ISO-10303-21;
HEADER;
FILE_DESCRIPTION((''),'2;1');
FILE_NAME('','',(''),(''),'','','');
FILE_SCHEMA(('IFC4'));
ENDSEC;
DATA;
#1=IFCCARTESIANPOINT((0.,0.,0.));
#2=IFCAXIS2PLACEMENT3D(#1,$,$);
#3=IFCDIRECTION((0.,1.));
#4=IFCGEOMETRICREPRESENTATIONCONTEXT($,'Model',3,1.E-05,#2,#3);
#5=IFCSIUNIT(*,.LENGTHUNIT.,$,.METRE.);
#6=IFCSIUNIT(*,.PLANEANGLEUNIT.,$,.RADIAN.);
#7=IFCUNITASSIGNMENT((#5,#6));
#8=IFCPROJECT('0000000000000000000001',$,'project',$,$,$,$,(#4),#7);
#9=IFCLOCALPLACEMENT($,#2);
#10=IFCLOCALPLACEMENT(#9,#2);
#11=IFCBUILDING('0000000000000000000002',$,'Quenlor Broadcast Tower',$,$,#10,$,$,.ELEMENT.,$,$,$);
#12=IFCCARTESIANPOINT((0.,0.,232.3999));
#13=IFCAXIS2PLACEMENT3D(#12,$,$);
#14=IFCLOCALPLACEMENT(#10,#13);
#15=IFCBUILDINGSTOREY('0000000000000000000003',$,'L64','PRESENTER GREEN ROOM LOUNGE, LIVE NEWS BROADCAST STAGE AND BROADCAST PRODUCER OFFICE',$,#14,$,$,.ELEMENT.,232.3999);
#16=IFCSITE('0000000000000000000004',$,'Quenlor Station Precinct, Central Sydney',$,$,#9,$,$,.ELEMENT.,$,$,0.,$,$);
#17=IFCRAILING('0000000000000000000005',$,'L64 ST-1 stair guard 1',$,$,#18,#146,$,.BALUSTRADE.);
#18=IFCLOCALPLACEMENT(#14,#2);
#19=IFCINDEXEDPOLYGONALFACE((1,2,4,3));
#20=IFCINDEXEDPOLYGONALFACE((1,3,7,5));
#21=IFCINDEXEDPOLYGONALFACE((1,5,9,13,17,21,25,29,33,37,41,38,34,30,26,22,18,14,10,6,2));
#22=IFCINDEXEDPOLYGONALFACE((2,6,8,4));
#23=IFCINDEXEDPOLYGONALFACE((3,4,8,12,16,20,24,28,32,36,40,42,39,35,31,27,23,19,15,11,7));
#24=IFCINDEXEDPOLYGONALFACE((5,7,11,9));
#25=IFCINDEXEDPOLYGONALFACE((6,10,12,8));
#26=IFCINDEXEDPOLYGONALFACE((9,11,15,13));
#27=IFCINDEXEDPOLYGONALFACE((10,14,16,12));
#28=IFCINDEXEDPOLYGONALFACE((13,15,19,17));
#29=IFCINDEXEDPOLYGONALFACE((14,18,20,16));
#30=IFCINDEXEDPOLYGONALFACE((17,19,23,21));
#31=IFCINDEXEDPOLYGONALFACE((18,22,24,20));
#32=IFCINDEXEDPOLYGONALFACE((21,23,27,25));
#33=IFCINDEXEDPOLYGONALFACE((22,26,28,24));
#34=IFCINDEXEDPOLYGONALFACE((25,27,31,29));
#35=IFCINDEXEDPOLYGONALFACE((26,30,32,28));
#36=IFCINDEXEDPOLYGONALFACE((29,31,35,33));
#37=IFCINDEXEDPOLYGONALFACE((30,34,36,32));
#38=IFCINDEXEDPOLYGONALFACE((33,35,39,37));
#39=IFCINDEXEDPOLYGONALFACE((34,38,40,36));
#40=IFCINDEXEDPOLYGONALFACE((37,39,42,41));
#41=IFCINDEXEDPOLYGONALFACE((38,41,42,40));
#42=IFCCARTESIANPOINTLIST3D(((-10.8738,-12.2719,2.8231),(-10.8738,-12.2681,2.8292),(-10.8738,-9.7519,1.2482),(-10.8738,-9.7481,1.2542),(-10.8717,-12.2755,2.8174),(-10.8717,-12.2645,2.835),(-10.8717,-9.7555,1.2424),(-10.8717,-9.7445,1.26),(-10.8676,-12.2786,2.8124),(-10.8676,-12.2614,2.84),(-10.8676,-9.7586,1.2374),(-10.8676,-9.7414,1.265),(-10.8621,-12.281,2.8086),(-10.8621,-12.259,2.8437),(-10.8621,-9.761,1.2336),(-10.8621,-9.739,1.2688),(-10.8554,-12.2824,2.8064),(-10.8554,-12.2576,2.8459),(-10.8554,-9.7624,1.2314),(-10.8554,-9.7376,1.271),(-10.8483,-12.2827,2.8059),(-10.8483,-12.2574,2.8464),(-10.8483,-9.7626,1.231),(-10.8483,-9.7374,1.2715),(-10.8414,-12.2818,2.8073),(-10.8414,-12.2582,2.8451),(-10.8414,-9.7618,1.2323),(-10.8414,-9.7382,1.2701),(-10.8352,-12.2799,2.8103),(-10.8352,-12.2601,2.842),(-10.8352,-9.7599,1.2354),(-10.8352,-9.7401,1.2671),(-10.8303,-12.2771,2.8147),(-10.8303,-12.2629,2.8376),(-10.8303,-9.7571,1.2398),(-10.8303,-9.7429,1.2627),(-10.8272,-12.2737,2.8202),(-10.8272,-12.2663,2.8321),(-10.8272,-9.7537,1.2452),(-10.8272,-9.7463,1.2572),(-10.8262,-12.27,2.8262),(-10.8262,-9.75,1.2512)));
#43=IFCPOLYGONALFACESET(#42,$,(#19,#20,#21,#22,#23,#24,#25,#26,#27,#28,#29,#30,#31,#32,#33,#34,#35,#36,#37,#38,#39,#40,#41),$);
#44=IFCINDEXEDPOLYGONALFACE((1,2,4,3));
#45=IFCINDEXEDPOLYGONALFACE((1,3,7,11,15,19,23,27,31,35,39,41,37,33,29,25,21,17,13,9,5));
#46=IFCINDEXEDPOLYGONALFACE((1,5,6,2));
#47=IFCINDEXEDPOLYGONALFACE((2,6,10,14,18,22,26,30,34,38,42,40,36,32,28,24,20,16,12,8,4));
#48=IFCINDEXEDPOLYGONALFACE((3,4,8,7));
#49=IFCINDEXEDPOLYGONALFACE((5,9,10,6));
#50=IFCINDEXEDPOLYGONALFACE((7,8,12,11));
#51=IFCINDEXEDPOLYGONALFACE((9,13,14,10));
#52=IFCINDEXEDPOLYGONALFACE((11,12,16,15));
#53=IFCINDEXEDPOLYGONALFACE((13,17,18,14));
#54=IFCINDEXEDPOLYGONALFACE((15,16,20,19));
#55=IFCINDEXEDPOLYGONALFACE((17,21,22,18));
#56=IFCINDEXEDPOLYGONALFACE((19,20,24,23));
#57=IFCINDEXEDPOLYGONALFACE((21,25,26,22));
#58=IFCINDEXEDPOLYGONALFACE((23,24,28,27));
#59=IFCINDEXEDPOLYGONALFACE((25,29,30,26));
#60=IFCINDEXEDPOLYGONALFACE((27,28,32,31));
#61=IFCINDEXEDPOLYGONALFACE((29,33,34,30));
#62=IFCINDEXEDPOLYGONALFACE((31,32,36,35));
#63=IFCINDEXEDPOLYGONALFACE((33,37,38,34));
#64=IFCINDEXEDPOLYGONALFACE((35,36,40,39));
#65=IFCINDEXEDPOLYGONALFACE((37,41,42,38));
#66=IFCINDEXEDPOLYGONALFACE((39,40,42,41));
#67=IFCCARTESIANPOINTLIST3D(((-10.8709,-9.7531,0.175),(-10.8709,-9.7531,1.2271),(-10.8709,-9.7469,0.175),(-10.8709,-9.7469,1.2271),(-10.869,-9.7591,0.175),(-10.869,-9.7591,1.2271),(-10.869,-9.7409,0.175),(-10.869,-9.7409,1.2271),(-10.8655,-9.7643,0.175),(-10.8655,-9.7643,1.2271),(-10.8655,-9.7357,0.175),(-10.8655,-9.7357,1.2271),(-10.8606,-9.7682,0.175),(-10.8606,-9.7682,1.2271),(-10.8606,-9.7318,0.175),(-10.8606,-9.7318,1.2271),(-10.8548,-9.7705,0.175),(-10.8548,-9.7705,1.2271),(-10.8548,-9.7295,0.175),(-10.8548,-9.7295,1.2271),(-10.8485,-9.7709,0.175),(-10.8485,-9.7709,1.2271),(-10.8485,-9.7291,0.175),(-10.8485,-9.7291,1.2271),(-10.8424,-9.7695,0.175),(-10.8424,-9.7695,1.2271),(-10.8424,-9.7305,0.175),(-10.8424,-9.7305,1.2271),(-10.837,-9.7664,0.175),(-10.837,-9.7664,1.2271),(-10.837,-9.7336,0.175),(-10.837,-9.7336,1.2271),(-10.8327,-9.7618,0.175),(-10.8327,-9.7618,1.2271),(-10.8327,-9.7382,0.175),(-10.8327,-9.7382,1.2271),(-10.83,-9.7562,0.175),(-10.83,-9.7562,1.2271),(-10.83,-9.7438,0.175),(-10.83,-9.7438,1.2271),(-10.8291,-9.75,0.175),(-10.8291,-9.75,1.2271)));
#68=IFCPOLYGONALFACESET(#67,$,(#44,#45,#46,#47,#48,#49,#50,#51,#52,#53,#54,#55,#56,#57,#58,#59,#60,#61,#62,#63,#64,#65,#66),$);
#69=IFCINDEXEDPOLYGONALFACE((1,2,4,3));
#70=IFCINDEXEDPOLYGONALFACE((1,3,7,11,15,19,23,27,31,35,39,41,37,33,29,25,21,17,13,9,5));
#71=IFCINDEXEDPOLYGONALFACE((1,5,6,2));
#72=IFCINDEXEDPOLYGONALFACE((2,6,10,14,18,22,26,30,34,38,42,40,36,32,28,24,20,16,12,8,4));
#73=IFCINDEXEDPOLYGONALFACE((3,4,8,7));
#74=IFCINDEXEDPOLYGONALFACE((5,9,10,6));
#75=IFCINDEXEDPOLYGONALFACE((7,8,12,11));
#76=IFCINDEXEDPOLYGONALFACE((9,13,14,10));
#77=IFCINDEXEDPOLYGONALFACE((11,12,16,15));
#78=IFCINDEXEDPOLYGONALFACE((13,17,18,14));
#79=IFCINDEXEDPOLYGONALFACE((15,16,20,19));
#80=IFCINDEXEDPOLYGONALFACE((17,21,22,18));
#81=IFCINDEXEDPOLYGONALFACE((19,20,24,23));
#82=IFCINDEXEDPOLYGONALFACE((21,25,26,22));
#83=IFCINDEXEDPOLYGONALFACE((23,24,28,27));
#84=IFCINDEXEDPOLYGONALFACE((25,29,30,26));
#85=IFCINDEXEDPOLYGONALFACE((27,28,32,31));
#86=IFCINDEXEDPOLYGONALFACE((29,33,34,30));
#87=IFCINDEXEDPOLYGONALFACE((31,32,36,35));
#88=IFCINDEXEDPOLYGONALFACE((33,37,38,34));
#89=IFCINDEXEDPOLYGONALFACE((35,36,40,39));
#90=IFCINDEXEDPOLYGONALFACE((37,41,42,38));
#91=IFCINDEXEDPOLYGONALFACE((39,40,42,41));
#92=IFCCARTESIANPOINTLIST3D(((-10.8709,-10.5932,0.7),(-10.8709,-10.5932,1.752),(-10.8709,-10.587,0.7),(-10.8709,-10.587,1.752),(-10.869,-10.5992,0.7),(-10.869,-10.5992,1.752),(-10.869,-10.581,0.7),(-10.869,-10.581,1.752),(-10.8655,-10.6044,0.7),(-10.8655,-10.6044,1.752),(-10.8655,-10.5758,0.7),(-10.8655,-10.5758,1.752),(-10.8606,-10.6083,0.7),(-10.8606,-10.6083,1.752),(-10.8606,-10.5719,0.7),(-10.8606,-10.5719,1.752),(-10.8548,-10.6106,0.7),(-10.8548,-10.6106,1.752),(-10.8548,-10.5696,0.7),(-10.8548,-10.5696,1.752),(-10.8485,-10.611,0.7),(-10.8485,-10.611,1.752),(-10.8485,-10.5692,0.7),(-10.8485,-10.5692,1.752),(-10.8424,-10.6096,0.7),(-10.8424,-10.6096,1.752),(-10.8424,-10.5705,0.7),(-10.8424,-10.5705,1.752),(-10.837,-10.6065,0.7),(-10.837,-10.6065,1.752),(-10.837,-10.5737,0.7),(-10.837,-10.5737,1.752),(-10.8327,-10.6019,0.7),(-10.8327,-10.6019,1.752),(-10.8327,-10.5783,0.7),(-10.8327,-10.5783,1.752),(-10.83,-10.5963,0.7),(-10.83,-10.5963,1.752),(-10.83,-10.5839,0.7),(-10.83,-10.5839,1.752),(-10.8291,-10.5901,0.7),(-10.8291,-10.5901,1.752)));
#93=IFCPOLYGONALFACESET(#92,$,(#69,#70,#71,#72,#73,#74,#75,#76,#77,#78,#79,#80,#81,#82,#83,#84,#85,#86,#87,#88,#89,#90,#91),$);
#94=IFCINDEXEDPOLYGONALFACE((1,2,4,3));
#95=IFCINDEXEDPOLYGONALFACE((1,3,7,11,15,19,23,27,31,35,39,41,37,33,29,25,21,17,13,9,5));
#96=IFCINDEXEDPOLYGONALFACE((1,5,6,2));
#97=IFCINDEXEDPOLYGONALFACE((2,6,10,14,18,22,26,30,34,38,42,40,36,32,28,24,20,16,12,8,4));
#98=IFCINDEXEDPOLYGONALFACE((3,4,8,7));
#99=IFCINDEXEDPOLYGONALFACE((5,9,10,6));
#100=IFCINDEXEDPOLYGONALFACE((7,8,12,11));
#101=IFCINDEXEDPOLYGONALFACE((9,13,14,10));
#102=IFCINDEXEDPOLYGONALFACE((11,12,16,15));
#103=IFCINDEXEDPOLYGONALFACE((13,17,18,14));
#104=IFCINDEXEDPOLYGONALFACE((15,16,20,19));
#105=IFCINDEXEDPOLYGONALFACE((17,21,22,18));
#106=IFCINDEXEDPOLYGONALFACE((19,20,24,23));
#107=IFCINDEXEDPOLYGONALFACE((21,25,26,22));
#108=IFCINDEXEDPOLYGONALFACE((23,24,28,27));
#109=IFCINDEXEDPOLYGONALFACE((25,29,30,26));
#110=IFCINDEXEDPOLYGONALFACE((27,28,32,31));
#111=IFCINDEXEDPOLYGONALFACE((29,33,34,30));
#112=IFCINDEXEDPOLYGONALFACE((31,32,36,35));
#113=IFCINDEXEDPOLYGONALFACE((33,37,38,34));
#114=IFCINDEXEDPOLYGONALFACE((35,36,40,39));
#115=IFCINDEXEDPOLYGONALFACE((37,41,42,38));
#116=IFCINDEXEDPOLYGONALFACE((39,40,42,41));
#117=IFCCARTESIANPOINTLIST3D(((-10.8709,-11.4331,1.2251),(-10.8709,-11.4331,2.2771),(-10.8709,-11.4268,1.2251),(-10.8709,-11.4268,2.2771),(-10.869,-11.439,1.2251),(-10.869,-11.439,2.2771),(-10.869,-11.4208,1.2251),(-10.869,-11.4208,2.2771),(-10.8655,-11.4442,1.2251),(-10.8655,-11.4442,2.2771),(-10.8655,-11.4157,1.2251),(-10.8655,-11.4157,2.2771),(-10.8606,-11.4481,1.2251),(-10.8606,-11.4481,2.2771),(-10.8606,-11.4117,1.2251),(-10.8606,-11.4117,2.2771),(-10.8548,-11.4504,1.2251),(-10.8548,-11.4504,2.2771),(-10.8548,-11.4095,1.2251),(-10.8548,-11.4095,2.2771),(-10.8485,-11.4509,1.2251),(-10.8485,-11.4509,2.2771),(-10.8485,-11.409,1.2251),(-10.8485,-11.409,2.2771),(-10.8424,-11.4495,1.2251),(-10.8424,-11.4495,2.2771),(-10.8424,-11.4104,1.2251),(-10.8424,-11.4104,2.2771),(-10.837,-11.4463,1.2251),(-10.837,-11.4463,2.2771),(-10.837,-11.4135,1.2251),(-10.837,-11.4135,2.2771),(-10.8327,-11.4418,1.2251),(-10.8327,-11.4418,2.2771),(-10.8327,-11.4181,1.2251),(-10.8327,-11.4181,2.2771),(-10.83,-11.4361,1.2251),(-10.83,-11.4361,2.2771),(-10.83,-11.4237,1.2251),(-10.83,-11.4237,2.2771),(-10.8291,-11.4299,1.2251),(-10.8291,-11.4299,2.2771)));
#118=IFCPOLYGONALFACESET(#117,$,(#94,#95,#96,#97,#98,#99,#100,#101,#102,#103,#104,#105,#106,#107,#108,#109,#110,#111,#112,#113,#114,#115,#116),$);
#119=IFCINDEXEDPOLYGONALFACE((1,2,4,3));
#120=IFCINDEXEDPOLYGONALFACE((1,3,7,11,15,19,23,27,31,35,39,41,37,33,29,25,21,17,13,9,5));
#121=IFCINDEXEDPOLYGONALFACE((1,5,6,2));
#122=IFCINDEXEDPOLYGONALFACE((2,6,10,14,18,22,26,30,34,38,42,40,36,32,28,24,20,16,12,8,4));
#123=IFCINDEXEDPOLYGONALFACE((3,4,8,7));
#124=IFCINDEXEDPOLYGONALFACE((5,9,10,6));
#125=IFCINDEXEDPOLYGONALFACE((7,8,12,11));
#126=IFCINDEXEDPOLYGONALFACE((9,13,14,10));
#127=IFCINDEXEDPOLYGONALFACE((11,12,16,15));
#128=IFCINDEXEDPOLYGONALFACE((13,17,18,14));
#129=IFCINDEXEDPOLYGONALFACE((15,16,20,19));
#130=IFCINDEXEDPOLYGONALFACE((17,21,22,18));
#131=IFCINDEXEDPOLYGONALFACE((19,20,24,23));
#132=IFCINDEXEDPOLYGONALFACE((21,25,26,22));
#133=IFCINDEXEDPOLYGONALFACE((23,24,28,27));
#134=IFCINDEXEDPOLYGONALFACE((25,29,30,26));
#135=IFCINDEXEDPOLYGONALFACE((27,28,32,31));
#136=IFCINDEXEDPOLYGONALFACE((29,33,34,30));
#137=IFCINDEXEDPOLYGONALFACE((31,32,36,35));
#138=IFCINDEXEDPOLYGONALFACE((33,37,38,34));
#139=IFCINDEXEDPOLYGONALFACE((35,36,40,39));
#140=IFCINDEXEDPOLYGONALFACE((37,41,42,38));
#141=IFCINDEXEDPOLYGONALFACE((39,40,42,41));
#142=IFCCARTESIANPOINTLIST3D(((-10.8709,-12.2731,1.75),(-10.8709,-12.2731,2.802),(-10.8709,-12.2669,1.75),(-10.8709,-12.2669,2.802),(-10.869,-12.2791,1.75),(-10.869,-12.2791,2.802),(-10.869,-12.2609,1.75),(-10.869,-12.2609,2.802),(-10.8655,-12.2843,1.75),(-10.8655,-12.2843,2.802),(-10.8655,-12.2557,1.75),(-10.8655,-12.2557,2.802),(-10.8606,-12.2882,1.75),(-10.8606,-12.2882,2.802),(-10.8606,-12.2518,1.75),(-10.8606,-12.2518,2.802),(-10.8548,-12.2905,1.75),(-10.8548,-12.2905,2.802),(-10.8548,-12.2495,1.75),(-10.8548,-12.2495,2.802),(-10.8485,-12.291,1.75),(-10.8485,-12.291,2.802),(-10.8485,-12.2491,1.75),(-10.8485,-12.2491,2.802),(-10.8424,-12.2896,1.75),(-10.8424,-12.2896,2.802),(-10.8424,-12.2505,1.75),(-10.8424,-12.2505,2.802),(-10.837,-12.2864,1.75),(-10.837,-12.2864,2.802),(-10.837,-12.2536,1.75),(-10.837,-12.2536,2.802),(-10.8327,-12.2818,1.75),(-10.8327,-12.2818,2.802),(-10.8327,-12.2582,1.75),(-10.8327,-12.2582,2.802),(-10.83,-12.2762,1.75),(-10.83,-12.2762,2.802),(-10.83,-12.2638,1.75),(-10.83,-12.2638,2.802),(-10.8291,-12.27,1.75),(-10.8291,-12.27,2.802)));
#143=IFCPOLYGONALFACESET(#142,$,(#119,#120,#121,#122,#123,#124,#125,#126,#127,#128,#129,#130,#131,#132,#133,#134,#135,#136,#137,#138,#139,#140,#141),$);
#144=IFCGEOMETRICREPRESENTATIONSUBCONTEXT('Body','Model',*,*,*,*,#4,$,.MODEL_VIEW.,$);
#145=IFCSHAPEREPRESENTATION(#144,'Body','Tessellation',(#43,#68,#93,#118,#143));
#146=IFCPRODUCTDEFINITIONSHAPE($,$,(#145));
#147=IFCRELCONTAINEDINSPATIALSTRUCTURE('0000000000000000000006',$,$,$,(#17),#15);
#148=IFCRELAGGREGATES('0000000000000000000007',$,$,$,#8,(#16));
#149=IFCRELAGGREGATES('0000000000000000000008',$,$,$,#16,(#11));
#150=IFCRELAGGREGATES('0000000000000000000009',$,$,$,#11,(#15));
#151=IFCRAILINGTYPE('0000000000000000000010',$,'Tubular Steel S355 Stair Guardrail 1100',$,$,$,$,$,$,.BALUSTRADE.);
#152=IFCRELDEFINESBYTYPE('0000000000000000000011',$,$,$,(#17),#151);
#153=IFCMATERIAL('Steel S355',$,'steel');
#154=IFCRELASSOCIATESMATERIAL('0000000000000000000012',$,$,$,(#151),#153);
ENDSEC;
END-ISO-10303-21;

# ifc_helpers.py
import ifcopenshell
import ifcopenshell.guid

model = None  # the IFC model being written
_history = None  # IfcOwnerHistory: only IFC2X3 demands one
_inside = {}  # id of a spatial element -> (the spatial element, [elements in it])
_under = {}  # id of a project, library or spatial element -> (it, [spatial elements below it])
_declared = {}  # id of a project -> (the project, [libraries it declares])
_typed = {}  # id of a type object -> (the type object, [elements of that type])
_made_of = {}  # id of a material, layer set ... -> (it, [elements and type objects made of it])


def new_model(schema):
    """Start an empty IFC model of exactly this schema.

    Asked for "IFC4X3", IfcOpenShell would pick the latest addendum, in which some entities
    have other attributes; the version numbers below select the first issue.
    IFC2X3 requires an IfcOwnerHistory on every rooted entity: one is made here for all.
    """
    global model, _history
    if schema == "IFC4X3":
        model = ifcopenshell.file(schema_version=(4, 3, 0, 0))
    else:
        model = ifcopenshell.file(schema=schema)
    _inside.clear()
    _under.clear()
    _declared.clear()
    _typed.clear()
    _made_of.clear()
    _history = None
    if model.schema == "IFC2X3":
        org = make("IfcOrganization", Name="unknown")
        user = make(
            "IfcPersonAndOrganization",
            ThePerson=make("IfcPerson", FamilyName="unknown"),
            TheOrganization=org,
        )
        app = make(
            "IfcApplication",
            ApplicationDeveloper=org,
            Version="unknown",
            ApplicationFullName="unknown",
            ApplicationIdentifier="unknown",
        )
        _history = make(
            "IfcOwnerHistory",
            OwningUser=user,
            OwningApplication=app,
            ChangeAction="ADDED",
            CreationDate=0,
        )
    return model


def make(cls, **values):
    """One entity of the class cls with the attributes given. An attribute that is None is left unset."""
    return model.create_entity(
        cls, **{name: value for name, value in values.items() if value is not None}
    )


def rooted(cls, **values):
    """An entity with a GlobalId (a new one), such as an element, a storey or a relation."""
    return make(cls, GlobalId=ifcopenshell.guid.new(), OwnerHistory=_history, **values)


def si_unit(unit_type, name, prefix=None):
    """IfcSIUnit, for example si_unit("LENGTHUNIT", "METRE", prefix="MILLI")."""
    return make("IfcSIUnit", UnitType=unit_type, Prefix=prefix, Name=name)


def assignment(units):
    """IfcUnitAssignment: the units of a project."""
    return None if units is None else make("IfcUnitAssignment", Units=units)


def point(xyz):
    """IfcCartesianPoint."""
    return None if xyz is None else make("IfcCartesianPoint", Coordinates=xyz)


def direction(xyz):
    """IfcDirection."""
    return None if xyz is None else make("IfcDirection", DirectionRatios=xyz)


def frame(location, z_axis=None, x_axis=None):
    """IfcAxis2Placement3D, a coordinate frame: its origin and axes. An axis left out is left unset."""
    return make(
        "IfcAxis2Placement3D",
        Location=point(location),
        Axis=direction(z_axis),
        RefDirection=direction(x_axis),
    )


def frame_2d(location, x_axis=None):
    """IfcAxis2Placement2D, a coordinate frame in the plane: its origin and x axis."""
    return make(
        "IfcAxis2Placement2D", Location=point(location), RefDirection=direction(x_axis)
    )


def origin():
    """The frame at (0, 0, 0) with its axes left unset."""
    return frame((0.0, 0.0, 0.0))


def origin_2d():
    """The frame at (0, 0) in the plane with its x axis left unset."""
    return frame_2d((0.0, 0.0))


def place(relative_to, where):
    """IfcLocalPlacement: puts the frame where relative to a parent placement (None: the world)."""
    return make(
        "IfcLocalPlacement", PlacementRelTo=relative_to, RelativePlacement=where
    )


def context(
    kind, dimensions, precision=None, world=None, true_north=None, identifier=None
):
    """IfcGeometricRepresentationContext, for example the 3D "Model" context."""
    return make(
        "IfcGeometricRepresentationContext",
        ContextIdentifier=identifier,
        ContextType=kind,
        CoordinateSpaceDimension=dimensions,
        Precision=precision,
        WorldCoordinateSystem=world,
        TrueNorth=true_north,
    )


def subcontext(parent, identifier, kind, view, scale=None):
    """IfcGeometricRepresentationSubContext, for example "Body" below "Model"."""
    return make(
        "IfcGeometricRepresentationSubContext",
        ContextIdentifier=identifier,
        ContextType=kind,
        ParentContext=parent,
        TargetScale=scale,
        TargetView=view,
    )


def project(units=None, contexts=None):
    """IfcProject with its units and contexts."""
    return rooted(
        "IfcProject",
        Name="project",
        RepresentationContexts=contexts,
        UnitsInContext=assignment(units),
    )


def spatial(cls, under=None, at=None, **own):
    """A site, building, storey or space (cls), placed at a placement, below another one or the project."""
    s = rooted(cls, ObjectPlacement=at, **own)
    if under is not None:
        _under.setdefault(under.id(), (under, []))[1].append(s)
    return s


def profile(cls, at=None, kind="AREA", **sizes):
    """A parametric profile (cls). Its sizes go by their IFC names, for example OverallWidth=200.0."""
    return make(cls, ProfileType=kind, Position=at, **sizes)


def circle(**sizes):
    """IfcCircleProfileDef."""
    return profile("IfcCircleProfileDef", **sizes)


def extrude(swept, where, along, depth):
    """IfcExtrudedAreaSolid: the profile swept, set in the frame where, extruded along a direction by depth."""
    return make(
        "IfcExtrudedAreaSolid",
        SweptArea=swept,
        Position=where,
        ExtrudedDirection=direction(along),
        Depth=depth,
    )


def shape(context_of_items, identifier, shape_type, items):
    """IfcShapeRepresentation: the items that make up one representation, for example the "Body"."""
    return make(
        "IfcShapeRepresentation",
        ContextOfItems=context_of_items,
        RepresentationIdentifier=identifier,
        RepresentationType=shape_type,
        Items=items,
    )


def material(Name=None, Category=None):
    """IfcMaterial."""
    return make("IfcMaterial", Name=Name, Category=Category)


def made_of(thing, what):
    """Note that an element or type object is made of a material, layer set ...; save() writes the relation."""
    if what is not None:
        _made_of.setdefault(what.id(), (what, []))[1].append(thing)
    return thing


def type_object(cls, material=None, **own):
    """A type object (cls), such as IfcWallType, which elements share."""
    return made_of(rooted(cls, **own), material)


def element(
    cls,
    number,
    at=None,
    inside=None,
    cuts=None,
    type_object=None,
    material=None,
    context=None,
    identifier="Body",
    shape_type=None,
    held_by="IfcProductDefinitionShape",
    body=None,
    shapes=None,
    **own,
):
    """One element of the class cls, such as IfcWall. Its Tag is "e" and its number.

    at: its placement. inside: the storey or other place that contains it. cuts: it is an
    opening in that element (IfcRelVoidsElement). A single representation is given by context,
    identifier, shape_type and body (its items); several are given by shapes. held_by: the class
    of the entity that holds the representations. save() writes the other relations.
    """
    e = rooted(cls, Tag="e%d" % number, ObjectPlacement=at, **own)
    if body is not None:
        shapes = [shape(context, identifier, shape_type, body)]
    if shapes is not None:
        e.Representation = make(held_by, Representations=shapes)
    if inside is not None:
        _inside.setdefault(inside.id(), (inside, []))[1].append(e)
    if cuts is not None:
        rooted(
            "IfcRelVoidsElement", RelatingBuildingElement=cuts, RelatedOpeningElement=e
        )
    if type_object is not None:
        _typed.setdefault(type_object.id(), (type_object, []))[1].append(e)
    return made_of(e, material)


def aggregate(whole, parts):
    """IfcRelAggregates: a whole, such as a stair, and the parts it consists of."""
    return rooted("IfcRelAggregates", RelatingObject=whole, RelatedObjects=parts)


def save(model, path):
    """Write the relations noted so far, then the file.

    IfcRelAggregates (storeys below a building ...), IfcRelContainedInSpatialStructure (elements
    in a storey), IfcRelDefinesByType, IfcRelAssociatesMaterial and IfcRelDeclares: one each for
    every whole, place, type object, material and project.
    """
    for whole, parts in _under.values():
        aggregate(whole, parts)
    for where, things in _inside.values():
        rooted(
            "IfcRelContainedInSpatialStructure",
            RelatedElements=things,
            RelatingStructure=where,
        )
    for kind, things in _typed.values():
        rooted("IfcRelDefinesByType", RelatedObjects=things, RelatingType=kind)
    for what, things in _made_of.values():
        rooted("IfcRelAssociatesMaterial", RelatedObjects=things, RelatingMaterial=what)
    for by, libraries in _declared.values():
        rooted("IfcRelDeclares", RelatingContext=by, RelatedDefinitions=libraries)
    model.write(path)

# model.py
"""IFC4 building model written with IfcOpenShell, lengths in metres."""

from ifc_helpers import new_model, si_unit, direction, frame, origin, origin_2d, place, context, subcontext, project, spatial, circle, extrude, material, type_object, element, save


model = new_model("IFC4")

# Units and contexts
model_context = context("Model", 3, precision=1e-05, world=origin(), true_north=direction((0.0, 1.0)))
body_context = subcontext(model_context, "Body", "Model", "MODEL_VIEW")
ifc_project = project(units=[si_unit("LENGTHUNIT", "METRE"), si_unit("PLANEANGLEUNIT", "RADIAN")], contexts=[model_context])

# Site, building, storey
site_placement = place(None, origin())
site = spatial("IfcSite", under=ifc_project, at=site_placement, Name="Quenlor Station Precinct, Central Sydney", CompositionType="ELEMENT", RefElevation=0.0)
building_placement = place(site_placement, origin())
building = spatial("IfcBuilding", under=site, at=building_placement, Name="Quenlor Broadcast Tower", CompositionType="ELEMENT")
storey_placement = place(building_placement, frame((0.0, 0.0, 232.3999)))
storey = spatial("IfcBuildingStorey", under=building, at=storey_placement, Name="L64", Description="PRESENTER GREEN ROOM LOUNGE, LIVE NEWS BROADCAST STAGE AND BROADCAST PRODUCER OFFICE", CompositionType="ELEMENT", Elevation=232.3999)

# Railing
ifc_material_1 = material(Name="Steel S355", Category="steel")
railing_type_1 = type_object("IfcRailingType", Name="Tubular Steel S355 Stair Guardrail 1100", PredefinedType="BALUSTRADE", material=ifc_material_1)
railing_1_placement = place(storey_placement, frame((-10.8501, -9.75, 0.175)))
element("IfcRailing", 1, at=railing_1_placement, inside=storey, type_object=railing_type_1, Name="L64 ST-1 stair guard 1", PredefinedType="BALUSTRADE", context=body_context, shape_type="SweptSolid", body=[
    extrude(circle(Radius=0.0239, at=origin_2d()), frame((0.0, 0.0, 1.0762), z_axis=(0.0, -0.848008, 0.529984), x_axis=(1.0, 0.0, 0.0)), (0.0, 0.0, 1.0), 2.9717),
    extrude(circle(Radius=0.021, at=origin_2d()), origin(), (0.0, 0.0, 1.0), 1.052),
    extrude(circle(Radius=0.021, at=origin_2d()), frame((0.0, -0.8401, 0.5249)), (0.0, 0.0, 1.0), 1.052),
    extrude(circle(Radius=0.021, at=origin_2d()), frame((0.0, -1.6799, 1.05)), (0.0, 0.0, 1.0), 1.052),
    extrude(circle(Radius=0.021, at=origin_2d()), frame((0.0, -2.52, 1.575)), (0.0, 0.0, 1.0), 1.052),
])

save(model, "model.ifc")
